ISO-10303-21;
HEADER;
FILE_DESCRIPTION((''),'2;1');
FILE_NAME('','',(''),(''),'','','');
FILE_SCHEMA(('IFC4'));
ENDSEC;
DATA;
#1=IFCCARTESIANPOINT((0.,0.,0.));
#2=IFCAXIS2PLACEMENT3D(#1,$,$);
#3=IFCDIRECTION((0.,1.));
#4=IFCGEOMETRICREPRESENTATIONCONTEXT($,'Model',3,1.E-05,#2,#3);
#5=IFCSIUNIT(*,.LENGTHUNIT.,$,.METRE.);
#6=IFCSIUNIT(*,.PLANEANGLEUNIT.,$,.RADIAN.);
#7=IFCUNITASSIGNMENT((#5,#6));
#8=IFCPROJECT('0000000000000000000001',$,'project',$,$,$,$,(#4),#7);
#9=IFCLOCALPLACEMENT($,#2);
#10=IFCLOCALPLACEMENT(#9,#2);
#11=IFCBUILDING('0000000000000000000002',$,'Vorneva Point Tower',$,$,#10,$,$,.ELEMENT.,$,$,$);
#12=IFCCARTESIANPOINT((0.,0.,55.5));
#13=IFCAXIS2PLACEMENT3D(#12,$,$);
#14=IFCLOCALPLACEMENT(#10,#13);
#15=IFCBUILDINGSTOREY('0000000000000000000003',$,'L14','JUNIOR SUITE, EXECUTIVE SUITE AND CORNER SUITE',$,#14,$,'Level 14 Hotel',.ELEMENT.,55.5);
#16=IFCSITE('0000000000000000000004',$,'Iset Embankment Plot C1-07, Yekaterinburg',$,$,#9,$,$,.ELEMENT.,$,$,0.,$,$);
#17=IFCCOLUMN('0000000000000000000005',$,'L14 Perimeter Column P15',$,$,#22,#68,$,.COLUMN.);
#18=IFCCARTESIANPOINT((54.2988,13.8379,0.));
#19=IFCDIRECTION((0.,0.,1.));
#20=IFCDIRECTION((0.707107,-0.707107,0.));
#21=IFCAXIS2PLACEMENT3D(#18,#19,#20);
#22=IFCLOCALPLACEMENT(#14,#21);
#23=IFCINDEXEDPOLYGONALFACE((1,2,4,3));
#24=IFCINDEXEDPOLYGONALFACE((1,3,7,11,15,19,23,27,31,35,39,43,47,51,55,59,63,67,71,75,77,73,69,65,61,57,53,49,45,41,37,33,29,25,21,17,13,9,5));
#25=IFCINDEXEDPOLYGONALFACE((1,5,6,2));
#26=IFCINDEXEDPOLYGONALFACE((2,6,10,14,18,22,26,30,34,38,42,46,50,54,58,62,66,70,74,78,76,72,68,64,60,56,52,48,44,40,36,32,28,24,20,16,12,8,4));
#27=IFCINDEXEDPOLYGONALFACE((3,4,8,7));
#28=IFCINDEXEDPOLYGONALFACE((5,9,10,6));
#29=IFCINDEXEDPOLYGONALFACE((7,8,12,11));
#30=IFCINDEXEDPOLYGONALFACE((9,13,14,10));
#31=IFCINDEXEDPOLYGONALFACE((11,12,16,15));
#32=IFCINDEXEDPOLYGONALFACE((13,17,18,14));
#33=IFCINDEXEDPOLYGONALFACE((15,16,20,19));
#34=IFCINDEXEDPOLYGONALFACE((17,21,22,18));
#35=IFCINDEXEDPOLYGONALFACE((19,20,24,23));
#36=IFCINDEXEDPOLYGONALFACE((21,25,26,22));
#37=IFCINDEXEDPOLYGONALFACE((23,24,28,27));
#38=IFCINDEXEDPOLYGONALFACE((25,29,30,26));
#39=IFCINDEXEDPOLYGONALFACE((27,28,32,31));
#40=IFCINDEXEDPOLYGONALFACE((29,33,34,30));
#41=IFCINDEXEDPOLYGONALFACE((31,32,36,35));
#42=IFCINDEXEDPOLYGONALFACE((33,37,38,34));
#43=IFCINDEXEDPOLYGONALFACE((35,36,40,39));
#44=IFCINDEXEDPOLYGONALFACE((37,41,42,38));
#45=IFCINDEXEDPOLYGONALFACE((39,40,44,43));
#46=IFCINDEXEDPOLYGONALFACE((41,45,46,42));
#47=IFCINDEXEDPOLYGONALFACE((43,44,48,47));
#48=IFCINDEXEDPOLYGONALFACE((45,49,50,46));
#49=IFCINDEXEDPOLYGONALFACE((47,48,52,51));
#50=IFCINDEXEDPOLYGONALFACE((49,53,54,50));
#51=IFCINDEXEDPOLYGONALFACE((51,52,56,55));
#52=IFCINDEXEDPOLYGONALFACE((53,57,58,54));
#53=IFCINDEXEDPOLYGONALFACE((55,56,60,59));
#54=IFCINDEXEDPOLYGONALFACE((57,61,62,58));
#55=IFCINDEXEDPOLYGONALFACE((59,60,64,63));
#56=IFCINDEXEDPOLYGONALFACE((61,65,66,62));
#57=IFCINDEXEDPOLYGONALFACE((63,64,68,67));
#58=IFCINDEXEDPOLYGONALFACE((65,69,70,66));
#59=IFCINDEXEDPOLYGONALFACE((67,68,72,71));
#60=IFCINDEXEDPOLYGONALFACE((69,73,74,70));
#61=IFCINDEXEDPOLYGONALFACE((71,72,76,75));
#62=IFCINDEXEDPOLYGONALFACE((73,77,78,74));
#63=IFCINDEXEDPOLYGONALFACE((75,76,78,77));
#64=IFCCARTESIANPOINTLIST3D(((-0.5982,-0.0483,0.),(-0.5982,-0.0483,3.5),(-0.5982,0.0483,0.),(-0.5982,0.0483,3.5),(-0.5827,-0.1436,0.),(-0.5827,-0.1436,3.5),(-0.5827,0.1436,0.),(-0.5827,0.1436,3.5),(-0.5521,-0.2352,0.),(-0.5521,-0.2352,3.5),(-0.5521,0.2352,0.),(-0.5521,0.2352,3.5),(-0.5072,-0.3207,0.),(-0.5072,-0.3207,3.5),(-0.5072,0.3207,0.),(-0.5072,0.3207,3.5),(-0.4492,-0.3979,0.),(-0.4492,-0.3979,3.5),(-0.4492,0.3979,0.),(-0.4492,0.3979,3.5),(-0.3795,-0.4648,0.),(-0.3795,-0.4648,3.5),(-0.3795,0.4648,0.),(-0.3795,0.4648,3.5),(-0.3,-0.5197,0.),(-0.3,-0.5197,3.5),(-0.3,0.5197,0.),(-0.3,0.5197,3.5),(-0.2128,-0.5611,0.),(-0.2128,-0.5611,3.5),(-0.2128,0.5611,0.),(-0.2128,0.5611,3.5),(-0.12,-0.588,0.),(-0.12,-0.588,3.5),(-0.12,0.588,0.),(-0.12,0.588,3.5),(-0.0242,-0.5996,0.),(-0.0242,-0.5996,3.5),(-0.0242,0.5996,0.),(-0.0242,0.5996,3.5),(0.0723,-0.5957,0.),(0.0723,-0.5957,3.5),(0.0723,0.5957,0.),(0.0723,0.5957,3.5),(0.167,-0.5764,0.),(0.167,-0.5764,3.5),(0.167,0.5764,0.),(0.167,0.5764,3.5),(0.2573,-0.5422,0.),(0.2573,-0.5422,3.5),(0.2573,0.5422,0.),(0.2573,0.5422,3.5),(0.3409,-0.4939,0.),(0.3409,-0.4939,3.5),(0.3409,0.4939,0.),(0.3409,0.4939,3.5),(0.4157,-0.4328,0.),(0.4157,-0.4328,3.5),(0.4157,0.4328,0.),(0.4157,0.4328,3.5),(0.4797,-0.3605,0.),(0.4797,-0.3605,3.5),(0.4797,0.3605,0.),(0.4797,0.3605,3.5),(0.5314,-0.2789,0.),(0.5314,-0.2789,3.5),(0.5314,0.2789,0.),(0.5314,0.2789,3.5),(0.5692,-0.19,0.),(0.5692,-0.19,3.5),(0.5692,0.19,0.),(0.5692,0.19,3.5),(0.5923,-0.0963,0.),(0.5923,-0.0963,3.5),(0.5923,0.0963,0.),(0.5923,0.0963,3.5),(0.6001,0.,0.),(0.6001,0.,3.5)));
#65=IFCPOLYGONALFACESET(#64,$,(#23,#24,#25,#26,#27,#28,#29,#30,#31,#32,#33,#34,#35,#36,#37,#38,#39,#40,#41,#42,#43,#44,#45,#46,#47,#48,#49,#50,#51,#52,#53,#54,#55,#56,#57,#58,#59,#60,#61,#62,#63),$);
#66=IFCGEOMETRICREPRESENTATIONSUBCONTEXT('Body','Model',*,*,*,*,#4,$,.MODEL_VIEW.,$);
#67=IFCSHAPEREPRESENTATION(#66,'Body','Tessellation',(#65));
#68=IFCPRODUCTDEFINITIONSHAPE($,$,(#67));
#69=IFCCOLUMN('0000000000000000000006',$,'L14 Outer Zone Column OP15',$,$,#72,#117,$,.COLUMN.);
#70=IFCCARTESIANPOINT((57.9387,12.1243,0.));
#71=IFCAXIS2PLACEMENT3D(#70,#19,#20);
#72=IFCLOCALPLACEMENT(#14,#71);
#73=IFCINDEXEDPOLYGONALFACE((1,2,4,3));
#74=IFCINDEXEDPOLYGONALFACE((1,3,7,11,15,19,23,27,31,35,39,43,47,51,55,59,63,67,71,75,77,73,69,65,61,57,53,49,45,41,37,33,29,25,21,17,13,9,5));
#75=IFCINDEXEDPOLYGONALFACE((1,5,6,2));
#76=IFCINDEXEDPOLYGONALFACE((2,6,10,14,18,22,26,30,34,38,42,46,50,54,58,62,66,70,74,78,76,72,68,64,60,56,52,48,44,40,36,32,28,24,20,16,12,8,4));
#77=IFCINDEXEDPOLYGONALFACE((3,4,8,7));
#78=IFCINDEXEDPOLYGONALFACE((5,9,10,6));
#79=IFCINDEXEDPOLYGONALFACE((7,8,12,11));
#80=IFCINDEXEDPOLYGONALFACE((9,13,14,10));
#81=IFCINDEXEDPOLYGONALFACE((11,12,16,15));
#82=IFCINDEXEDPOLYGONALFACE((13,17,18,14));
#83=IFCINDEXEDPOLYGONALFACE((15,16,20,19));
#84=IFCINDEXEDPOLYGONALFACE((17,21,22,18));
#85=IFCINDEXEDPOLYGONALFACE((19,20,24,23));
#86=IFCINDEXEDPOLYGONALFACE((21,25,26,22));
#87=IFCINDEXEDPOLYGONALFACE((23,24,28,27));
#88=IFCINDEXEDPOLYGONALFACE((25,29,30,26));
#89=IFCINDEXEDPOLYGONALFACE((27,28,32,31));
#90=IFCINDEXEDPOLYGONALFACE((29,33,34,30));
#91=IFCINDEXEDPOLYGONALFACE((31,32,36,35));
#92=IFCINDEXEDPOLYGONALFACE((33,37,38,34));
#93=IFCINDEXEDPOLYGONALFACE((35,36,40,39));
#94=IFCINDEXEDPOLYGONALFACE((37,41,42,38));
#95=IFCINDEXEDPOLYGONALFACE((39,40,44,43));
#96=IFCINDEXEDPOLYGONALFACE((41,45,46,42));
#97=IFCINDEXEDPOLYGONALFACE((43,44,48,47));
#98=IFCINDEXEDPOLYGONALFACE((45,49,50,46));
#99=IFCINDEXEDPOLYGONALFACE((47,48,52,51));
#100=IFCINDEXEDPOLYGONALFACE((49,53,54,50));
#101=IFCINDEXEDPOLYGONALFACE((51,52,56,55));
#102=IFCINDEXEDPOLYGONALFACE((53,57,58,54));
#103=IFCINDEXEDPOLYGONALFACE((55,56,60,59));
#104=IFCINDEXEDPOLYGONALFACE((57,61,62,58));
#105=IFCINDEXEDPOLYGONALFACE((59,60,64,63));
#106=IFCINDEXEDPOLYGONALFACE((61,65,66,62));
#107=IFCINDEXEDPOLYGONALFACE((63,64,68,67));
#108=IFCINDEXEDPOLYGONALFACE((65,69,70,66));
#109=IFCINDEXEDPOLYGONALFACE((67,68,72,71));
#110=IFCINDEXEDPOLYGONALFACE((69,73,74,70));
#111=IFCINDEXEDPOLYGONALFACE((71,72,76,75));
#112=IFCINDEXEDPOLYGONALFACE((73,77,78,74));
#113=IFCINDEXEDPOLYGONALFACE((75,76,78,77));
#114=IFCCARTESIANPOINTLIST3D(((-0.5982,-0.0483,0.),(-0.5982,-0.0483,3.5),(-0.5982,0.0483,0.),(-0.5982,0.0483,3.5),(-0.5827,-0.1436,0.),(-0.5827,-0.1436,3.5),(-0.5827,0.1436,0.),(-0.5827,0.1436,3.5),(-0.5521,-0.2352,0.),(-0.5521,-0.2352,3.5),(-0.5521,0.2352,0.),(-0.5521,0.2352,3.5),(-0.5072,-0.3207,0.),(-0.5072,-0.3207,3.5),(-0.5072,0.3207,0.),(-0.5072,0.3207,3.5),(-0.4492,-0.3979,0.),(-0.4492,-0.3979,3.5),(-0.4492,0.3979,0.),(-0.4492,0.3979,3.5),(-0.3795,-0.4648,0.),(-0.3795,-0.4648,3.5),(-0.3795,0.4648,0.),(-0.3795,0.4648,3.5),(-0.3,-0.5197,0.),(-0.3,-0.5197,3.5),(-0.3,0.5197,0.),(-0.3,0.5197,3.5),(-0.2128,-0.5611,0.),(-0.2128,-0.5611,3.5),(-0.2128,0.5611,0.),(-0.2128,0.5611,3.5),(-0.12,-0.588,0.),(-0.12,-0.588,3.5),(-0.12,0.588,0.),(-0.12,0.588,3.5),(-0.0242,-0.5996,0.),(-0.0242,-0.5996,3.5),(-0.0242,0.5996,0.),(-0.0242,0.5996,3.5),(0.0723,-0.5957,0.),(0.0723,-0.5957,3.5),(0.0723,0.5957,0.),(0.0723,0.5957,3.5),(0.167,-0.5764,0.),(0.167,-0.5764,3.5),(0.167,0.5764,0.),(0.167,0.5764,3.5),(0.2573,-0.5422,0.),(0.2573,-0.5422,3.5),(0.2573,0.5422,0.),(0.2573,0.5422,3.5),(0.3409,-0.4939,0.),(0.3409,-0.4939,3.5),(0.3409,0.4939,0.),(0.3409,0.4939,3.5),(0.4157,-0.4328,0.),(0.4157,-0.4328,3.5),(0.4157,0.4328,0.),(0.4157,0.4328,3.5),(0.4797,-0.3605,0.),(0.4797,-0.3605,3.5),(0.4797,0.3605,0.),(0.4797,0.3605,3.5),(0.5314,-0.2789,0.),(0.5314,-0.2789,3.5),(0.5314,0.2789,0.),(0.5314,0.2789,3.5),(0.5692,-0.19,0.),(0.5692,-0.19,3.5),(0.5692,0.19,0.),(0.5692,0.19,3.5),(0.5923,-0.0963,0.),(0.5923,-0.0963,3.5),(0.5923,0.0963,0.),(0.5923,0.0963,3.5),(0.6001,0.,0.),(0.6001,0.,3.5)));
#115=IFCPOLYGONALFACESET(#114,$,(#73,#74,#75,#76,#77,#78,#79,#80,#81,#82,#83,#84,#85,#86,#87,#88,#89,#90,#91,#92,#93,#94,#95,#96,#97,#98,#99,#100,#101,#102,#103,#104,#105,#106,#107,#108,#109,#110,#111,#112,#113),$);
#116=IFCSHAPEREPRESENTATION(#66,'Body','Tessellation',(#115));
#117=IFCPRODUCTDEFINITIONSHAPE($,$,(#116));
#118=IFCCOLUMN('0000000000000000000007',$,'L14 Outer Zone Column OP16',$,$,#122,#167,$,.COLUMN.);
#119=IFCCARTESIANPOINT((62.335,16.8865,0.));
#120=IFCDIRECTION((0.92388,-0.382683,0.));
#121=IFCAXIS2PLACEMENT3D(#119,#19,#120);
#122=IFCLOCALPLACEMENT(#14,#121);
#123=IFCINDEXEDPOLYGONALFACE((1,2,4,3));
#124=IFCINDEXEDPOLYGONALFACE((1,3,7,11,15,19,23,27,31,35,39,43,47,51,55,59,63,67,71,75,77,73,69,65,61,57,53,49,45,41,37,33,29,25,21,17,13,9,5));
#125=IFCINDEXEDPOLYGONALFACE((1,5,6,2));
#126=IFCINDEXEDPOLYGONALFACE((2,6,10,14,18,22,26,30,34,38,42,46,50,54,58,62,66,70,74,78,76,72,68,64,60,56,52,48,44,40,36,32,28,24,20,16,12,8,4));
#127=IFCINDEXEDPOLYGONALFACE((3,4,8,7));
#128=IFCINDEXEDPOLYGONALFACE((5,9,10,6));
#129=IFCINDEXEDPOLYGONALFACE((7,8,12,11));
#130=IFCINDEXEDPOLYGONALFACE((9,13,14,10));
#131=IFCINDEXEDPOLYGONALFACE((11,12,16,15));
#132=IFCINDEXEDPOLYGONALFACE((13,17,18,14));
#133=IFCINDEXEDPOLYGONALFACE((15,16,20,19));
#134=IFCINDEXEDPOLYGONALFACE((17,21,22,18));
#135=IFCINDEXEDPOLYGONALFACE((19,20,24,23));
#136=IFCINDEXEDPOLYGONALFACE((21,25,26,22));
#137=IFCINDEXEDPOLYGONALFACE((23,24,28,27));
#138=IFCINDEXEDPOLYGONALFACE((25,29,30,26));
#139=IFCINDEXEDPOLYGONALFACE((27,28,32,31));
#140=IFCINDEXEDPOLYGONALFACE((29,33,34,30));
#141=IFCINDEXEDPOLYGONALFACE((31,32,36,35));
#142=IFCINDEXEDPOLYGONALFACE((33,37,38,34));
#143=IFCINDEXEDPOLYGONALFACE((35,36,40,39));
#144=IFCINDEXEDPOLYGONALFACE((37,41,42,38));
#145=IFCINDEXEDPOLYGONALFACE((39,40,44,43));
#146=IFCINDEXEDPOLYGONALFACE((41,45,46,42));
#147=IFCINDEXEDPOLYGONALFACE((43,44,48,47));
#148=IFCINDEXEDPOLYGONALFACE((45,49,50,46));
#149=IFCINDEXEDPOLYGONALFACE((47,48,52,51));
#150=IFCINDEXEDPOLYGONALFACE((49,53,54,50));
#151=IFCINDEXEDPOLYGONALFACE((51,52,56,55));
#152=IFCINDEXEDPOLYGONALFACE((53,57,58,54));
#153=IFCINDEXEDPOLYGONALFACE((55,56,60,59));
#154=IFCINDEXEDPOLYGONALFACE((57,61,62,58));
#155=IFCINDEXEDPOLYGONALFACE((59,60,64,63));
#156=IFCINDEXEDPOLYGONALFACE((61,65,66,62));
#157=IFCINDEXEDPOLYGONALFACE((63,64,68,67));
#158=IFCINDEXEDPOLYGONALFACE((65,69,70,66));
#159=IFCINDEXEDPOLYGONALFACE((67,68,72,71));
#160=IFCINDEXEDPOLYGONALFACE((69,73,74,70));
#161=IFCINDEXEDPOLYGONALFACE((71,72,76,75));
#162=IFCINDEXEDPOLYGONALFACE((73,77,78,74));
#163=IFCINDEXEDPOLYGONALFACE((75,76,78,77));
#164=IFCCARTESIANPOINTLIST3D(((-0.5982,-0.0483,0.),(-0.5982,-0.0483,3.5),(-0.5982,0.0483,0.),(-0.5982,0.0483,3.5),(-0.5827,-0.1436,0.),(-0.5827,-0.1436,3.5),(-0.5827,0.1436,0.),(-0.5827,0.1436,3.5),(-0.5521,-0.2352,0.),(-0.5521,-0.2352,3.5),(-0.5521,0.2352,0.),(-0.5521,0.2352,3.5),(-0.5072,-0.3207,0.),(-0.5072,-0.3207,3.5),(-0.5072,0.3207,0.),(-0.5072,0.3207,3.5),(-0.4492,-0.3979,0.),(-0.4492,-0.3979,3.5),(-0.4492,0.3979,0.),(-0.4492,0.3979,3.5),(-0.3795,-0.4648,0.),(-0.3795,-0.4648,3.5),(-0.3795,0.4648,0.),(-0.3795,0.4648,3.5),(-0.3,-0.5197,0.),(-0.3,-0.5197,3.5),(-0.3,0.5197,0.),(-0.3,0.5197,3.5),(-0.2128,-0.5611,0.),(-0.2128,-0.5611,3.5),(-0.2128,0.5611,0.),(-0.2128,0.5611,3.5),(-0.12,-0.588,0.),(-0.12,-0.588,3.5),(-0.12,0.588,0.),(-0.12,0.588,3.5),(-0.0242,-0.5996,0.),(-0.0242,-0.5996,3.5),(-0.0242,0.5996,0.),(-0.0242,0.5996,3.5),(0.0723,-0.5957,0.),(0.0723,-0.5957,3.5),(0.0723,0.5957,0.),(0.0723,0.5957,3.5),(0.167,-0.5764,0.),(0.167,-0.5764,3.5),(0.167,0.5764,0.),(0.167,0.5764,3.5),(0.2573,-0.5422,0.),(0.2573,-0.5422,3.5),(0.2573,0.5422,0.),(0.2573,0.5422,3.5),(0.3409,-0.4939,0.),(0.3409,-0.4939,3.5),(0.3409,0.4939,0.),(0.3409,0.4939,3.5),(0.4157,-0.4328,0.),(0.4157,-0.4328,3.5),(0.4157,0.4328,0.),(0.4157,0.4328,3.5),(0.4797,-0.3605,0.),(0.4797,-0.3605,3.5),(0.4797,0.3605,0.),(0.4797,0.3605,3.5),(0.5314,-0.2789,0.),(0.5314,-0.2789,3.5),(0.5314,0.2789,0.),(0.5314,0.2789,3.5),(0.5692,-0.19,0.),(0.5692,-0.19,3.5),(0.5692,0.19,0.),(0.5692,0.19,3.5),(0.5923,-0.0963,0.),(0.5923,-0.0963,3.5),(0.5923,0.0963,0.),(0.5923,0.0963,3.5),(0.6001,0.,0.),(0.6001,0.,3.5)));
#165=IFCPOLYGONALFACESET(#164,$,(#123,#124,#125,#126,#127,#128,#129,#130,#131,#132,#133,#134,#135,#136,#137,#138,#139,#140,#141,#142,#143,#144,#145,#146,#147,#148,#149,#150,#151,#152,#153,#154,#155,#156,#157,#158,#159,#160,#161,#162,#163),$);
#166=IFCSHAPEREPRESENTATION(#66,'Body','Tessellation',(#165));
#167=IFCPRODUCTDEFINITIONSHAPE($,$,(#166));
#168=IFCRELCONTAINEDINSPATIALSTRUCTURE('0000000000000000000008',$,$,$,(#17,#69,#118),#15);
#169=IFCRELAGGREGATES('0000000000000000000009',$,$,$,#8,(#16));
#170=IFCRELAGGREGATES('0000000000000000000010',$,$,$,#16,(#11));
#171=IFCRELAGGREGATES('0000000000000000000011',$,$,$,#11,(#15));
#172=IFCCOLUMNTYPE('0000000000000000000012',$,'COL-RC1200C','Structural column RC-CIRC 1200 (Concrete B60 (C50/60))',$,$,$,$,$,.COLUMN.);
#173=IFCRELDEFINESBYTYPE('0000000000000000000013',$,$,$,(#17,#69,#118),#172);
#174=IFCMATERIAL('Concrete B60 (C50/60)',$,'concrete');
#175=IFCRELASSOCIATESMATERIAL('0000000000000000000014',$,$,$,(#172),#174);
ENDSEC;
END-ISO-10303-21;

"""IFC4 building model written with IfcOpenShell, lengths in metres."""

from ifc_helpers import new_model, si_unit, direction, frame, origin, origin_2d, place, context, subcontext, project, spatial, circle, extrude, material, material_profile, profile_set, type_object, element, save


model = new_model("IFC4")

# Units and contexts
model_context = context("Model", 3, precision=1e-05, world=origin(), true_north=direction((0.0, 1.0)))
body_context = subcontext(model_context, "Body", "Model", "MODEL_VIEW")
ifc_project = project(units=[si_unit("LENGTHUNIT", "METRE"), si_unit("PLANEANGLEUNIT", "RADIAN")], contexts=[model_context])

# Site, building, storey
site_placement = place(None, origin())
site = spatial("IfcSite", under=ifc_project, at=site_placement, Name="Iset Embankment Plot C1-07, Yekaterinburg", CompositionType="ELEMENT", RefElevation=0.0)
building_placement = place(site_placement, origin())
building = spatial("IfcBuilding", under=site, at=building_placement, Name="Vorneva Point Tower", CompositionType="ELEMENT")
storey_placement = place(building_placement, frame((0.0, 0.0, 55.5)))
storey = spatial("IfcBuildingStorey", under=building, at=storey_placement, Name="L14", Description="JUNIOR SUITE, EXECUTIVE SUITE AND CORNER SUITE", LongName="Level 14 Hotel", CompositionType="ELEMENT", Elevation=55.5)

# Columns
ifc_material_1 = material(Name="Concrete B60 (C50/60)", Category="concrete")
ifc_material_profile_1 = material_profile(ifc_material_1, circle(Radius=0.6001, at=origin_2d()), Name="RC-CIRC 1200")
ifc_profile_set_1 = profile_set([ifc_material_profile_1], Name="Concrete B60 (C50/60)")
column_type_1 = type_object("IfcColumnType", Name="COL-RC1200C", Description="Structural column RC-CIRC 1200 (Concrete B60 (C50/60))", PredefinedType="COLUMN", material=ifc_profile_set_1)
for number, where, z_axis, x_axis, name in (
    (1, (54.2988, 13.8379, 0.0), (0.0, 0.0, 1.0), (0.707107, -0.707107, 0.0), "L14 Perimeter Column P15"),
    (2, (57.9387, 12.1243, 0.0), (0.0, 0.0, 1.0), (0.707107, -0.707107, 0.0), "L14 Outer Zone Column OP15"),
    (3, (62.335, 16.8865, 0.0), (0.0, 0.0, 1.0), (0.92388, -0.382683, 0.0), "L14 Outer Zone Column OP16"),
):
    element("IfcColumn", number, at=place(storey_placement, frame(where, z_axis=z_axis, x_axis=x_axis)), inside=storey, type_object=column_type_1, Name=name, PredefinedType="COLUMN", context=body_context, shape_type="SweptSolid", body=[
        extrude(circle(Radius=0.6001, at=origin_2d()), origin(), (0.0, 0.0, 1.0), 3.5),
    ])

save(model, "model.ifc")
